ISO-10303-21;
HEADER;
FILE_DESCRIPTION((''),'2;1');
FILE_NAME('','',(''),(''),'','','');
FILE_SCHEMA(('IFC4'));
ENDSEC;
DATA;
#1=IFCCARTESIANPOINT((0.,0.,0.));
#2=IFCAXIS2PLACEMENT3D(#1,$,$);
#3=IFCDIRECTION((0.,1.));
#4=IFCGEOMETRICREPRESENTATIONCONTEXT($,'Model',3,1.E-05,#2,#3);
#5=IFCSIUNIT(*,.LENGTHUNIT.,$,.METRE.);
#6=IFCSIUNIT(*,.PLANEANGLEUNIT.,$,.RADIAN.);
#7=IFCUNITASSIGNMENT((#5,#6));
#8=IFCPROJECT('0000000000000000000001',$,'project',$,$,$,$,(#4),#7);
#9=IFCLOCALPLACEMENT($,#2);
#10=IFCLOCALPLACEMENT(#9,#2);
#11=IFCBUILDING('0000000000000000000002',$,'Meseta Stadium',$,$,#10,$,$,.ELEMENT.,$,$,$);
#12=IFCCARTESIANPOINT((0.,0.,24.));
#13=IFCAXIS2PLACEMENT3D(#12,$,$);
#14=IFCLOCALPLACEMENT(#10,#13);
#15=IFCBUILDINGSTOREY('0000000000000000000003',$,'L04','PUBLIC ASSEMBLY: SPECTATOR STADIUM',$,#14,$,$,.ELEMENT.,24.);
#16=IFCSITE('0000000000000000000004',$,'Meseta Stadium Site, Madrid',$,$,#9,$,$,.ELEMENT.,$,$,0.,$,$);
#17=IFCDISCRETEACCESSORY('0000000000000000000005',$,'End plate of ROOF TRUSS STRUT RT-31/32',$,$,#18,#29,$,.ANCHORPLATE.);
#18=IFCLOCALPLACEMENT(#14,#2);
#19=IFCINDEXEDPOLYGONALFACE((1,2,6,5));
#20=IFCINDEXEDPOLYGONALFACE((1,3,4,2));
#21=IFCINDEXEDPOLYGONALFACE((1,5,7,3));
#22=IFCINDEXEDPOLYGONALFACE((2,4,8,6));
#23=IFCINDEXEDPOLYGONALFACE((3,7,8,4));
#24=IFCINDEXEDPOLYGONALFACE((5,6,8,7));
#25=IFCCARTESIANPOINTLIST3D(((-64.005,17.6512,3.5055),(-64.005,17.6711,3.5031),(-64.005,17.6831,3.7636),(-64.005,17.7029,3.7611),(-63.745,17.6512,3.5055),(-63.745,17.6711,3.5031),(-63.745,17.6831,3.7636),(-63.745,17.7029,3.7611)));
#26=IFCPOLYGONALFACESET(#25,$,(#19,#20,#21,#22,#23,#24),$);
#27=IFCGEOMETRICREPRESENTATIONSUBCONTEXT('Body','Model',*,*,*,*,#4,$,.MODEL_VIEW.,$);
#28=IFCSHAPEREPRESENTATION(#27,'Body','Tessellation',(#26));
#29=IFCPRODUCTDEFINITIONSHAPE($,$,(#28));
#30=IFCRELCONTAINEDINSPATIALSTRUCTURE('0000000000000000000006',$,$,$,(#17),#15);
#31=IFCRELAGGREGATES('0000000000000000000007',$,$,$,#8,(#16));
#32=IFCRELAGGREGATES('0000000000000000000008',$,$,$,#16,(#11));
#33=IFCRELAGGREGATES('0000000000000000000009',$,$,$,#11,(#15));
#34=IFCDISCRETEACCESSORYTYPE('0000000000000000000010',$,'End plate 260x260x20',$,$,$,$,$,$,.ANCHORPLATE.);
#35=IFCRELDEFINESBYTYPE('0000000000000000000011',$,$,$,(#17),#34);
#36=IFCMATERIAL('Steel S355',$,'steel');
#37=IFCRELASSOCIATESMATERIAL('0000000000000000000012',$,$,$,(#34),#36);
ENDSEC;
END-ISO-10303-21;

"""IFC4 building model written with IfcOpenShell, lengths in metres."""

from ifc_helpers import new_model, si_unit, direction, frame, origin, origin_2d, place, context, subcontext, project, spatial, rectangle, extrude, material, material_profile, profile_set, type_object, element, save


model = new_model("IFC4")

# Units and contexts
model_context = context("Model", 3, precision=1e-05, world=origin(), true_north=direction((0.0, 1.0)))
body_context = subcontext(model_context, "Body", "Model", "MODEL_VIEW")
ifc_project = project(units=[si_unit("LENGTHUNIT", "METRE"), si_unit("PLANEANGLEUNIT", "RADIAN")], contexts=[model_context])

# Site, building, storey
site_placement = place(None, origin())
site = spatial("IfcSite", under=ifc_project, at=site_placement, Name="Meseta Stadium Site, Madrid", CompositionType="ELEMENT", RefElevation=0.0)
building_placement = place(site_placement, origin())
building = spatial("IfcBuilding", under=site, at=building_placement, Name="Meseta Stadium", CompositionType="ELEMENT")
storey_placement = place(building_placement, frame((0.0, 0.0, 24.0)))
storey = spatial("IfcBuildingStorey", under=building, at=storey_placement, Name="L04", Description="PUBLIC ASSEMBLY: SPECTATOR STADIUM", CompositionType="ELEMENT", Elevation=24.0)

# Discrete accessory
ifc_material_1 = material(Name="Steel S355", Category="steel")
ifc_material_profile_1 = material_profile(ifc_material_1, rectangle(XDim=0.26, YDim=0.26, at=origin_2d()), Name="PL 260x260")
ifc_profile_set_1 = profile_set([ifc_material_profile_1], Name="Steel S355")
discrete_accessory_type_1 = type_object("IfcDiscreteAccessoryType", Name="End plate 260x260x20", PredefinedType="ANCHORPLATE", material=ifc_profile_set_1)
for number, where, z_axis, x_axis, name in (
    (1, (-63.875, 17.687, 3.6321), (0.0, -0.992465, 0.122527), (1.0, 0.0, 0.0), "End plate of ROOF TRUSS STRUT RT-31/32"),
):
    element("IfcDiscreteAccessory", number, at=place(storey_placement, frame(where, z_axis=z_axis, x_axis=x_axis)), inside=storey, type_object=discrete_accessory_type_1, Name=name, PredefinedType="ANCHORPLATE", context=body_context, shape_type="SweptSolid", body=[
        extrude(rectangle(XDim=0.26, YDim=0.26, at=origin_2d()), origin(), (0.0, 0.0, 1.0), 0.02),
    ])

save(model, "model.ifc")
